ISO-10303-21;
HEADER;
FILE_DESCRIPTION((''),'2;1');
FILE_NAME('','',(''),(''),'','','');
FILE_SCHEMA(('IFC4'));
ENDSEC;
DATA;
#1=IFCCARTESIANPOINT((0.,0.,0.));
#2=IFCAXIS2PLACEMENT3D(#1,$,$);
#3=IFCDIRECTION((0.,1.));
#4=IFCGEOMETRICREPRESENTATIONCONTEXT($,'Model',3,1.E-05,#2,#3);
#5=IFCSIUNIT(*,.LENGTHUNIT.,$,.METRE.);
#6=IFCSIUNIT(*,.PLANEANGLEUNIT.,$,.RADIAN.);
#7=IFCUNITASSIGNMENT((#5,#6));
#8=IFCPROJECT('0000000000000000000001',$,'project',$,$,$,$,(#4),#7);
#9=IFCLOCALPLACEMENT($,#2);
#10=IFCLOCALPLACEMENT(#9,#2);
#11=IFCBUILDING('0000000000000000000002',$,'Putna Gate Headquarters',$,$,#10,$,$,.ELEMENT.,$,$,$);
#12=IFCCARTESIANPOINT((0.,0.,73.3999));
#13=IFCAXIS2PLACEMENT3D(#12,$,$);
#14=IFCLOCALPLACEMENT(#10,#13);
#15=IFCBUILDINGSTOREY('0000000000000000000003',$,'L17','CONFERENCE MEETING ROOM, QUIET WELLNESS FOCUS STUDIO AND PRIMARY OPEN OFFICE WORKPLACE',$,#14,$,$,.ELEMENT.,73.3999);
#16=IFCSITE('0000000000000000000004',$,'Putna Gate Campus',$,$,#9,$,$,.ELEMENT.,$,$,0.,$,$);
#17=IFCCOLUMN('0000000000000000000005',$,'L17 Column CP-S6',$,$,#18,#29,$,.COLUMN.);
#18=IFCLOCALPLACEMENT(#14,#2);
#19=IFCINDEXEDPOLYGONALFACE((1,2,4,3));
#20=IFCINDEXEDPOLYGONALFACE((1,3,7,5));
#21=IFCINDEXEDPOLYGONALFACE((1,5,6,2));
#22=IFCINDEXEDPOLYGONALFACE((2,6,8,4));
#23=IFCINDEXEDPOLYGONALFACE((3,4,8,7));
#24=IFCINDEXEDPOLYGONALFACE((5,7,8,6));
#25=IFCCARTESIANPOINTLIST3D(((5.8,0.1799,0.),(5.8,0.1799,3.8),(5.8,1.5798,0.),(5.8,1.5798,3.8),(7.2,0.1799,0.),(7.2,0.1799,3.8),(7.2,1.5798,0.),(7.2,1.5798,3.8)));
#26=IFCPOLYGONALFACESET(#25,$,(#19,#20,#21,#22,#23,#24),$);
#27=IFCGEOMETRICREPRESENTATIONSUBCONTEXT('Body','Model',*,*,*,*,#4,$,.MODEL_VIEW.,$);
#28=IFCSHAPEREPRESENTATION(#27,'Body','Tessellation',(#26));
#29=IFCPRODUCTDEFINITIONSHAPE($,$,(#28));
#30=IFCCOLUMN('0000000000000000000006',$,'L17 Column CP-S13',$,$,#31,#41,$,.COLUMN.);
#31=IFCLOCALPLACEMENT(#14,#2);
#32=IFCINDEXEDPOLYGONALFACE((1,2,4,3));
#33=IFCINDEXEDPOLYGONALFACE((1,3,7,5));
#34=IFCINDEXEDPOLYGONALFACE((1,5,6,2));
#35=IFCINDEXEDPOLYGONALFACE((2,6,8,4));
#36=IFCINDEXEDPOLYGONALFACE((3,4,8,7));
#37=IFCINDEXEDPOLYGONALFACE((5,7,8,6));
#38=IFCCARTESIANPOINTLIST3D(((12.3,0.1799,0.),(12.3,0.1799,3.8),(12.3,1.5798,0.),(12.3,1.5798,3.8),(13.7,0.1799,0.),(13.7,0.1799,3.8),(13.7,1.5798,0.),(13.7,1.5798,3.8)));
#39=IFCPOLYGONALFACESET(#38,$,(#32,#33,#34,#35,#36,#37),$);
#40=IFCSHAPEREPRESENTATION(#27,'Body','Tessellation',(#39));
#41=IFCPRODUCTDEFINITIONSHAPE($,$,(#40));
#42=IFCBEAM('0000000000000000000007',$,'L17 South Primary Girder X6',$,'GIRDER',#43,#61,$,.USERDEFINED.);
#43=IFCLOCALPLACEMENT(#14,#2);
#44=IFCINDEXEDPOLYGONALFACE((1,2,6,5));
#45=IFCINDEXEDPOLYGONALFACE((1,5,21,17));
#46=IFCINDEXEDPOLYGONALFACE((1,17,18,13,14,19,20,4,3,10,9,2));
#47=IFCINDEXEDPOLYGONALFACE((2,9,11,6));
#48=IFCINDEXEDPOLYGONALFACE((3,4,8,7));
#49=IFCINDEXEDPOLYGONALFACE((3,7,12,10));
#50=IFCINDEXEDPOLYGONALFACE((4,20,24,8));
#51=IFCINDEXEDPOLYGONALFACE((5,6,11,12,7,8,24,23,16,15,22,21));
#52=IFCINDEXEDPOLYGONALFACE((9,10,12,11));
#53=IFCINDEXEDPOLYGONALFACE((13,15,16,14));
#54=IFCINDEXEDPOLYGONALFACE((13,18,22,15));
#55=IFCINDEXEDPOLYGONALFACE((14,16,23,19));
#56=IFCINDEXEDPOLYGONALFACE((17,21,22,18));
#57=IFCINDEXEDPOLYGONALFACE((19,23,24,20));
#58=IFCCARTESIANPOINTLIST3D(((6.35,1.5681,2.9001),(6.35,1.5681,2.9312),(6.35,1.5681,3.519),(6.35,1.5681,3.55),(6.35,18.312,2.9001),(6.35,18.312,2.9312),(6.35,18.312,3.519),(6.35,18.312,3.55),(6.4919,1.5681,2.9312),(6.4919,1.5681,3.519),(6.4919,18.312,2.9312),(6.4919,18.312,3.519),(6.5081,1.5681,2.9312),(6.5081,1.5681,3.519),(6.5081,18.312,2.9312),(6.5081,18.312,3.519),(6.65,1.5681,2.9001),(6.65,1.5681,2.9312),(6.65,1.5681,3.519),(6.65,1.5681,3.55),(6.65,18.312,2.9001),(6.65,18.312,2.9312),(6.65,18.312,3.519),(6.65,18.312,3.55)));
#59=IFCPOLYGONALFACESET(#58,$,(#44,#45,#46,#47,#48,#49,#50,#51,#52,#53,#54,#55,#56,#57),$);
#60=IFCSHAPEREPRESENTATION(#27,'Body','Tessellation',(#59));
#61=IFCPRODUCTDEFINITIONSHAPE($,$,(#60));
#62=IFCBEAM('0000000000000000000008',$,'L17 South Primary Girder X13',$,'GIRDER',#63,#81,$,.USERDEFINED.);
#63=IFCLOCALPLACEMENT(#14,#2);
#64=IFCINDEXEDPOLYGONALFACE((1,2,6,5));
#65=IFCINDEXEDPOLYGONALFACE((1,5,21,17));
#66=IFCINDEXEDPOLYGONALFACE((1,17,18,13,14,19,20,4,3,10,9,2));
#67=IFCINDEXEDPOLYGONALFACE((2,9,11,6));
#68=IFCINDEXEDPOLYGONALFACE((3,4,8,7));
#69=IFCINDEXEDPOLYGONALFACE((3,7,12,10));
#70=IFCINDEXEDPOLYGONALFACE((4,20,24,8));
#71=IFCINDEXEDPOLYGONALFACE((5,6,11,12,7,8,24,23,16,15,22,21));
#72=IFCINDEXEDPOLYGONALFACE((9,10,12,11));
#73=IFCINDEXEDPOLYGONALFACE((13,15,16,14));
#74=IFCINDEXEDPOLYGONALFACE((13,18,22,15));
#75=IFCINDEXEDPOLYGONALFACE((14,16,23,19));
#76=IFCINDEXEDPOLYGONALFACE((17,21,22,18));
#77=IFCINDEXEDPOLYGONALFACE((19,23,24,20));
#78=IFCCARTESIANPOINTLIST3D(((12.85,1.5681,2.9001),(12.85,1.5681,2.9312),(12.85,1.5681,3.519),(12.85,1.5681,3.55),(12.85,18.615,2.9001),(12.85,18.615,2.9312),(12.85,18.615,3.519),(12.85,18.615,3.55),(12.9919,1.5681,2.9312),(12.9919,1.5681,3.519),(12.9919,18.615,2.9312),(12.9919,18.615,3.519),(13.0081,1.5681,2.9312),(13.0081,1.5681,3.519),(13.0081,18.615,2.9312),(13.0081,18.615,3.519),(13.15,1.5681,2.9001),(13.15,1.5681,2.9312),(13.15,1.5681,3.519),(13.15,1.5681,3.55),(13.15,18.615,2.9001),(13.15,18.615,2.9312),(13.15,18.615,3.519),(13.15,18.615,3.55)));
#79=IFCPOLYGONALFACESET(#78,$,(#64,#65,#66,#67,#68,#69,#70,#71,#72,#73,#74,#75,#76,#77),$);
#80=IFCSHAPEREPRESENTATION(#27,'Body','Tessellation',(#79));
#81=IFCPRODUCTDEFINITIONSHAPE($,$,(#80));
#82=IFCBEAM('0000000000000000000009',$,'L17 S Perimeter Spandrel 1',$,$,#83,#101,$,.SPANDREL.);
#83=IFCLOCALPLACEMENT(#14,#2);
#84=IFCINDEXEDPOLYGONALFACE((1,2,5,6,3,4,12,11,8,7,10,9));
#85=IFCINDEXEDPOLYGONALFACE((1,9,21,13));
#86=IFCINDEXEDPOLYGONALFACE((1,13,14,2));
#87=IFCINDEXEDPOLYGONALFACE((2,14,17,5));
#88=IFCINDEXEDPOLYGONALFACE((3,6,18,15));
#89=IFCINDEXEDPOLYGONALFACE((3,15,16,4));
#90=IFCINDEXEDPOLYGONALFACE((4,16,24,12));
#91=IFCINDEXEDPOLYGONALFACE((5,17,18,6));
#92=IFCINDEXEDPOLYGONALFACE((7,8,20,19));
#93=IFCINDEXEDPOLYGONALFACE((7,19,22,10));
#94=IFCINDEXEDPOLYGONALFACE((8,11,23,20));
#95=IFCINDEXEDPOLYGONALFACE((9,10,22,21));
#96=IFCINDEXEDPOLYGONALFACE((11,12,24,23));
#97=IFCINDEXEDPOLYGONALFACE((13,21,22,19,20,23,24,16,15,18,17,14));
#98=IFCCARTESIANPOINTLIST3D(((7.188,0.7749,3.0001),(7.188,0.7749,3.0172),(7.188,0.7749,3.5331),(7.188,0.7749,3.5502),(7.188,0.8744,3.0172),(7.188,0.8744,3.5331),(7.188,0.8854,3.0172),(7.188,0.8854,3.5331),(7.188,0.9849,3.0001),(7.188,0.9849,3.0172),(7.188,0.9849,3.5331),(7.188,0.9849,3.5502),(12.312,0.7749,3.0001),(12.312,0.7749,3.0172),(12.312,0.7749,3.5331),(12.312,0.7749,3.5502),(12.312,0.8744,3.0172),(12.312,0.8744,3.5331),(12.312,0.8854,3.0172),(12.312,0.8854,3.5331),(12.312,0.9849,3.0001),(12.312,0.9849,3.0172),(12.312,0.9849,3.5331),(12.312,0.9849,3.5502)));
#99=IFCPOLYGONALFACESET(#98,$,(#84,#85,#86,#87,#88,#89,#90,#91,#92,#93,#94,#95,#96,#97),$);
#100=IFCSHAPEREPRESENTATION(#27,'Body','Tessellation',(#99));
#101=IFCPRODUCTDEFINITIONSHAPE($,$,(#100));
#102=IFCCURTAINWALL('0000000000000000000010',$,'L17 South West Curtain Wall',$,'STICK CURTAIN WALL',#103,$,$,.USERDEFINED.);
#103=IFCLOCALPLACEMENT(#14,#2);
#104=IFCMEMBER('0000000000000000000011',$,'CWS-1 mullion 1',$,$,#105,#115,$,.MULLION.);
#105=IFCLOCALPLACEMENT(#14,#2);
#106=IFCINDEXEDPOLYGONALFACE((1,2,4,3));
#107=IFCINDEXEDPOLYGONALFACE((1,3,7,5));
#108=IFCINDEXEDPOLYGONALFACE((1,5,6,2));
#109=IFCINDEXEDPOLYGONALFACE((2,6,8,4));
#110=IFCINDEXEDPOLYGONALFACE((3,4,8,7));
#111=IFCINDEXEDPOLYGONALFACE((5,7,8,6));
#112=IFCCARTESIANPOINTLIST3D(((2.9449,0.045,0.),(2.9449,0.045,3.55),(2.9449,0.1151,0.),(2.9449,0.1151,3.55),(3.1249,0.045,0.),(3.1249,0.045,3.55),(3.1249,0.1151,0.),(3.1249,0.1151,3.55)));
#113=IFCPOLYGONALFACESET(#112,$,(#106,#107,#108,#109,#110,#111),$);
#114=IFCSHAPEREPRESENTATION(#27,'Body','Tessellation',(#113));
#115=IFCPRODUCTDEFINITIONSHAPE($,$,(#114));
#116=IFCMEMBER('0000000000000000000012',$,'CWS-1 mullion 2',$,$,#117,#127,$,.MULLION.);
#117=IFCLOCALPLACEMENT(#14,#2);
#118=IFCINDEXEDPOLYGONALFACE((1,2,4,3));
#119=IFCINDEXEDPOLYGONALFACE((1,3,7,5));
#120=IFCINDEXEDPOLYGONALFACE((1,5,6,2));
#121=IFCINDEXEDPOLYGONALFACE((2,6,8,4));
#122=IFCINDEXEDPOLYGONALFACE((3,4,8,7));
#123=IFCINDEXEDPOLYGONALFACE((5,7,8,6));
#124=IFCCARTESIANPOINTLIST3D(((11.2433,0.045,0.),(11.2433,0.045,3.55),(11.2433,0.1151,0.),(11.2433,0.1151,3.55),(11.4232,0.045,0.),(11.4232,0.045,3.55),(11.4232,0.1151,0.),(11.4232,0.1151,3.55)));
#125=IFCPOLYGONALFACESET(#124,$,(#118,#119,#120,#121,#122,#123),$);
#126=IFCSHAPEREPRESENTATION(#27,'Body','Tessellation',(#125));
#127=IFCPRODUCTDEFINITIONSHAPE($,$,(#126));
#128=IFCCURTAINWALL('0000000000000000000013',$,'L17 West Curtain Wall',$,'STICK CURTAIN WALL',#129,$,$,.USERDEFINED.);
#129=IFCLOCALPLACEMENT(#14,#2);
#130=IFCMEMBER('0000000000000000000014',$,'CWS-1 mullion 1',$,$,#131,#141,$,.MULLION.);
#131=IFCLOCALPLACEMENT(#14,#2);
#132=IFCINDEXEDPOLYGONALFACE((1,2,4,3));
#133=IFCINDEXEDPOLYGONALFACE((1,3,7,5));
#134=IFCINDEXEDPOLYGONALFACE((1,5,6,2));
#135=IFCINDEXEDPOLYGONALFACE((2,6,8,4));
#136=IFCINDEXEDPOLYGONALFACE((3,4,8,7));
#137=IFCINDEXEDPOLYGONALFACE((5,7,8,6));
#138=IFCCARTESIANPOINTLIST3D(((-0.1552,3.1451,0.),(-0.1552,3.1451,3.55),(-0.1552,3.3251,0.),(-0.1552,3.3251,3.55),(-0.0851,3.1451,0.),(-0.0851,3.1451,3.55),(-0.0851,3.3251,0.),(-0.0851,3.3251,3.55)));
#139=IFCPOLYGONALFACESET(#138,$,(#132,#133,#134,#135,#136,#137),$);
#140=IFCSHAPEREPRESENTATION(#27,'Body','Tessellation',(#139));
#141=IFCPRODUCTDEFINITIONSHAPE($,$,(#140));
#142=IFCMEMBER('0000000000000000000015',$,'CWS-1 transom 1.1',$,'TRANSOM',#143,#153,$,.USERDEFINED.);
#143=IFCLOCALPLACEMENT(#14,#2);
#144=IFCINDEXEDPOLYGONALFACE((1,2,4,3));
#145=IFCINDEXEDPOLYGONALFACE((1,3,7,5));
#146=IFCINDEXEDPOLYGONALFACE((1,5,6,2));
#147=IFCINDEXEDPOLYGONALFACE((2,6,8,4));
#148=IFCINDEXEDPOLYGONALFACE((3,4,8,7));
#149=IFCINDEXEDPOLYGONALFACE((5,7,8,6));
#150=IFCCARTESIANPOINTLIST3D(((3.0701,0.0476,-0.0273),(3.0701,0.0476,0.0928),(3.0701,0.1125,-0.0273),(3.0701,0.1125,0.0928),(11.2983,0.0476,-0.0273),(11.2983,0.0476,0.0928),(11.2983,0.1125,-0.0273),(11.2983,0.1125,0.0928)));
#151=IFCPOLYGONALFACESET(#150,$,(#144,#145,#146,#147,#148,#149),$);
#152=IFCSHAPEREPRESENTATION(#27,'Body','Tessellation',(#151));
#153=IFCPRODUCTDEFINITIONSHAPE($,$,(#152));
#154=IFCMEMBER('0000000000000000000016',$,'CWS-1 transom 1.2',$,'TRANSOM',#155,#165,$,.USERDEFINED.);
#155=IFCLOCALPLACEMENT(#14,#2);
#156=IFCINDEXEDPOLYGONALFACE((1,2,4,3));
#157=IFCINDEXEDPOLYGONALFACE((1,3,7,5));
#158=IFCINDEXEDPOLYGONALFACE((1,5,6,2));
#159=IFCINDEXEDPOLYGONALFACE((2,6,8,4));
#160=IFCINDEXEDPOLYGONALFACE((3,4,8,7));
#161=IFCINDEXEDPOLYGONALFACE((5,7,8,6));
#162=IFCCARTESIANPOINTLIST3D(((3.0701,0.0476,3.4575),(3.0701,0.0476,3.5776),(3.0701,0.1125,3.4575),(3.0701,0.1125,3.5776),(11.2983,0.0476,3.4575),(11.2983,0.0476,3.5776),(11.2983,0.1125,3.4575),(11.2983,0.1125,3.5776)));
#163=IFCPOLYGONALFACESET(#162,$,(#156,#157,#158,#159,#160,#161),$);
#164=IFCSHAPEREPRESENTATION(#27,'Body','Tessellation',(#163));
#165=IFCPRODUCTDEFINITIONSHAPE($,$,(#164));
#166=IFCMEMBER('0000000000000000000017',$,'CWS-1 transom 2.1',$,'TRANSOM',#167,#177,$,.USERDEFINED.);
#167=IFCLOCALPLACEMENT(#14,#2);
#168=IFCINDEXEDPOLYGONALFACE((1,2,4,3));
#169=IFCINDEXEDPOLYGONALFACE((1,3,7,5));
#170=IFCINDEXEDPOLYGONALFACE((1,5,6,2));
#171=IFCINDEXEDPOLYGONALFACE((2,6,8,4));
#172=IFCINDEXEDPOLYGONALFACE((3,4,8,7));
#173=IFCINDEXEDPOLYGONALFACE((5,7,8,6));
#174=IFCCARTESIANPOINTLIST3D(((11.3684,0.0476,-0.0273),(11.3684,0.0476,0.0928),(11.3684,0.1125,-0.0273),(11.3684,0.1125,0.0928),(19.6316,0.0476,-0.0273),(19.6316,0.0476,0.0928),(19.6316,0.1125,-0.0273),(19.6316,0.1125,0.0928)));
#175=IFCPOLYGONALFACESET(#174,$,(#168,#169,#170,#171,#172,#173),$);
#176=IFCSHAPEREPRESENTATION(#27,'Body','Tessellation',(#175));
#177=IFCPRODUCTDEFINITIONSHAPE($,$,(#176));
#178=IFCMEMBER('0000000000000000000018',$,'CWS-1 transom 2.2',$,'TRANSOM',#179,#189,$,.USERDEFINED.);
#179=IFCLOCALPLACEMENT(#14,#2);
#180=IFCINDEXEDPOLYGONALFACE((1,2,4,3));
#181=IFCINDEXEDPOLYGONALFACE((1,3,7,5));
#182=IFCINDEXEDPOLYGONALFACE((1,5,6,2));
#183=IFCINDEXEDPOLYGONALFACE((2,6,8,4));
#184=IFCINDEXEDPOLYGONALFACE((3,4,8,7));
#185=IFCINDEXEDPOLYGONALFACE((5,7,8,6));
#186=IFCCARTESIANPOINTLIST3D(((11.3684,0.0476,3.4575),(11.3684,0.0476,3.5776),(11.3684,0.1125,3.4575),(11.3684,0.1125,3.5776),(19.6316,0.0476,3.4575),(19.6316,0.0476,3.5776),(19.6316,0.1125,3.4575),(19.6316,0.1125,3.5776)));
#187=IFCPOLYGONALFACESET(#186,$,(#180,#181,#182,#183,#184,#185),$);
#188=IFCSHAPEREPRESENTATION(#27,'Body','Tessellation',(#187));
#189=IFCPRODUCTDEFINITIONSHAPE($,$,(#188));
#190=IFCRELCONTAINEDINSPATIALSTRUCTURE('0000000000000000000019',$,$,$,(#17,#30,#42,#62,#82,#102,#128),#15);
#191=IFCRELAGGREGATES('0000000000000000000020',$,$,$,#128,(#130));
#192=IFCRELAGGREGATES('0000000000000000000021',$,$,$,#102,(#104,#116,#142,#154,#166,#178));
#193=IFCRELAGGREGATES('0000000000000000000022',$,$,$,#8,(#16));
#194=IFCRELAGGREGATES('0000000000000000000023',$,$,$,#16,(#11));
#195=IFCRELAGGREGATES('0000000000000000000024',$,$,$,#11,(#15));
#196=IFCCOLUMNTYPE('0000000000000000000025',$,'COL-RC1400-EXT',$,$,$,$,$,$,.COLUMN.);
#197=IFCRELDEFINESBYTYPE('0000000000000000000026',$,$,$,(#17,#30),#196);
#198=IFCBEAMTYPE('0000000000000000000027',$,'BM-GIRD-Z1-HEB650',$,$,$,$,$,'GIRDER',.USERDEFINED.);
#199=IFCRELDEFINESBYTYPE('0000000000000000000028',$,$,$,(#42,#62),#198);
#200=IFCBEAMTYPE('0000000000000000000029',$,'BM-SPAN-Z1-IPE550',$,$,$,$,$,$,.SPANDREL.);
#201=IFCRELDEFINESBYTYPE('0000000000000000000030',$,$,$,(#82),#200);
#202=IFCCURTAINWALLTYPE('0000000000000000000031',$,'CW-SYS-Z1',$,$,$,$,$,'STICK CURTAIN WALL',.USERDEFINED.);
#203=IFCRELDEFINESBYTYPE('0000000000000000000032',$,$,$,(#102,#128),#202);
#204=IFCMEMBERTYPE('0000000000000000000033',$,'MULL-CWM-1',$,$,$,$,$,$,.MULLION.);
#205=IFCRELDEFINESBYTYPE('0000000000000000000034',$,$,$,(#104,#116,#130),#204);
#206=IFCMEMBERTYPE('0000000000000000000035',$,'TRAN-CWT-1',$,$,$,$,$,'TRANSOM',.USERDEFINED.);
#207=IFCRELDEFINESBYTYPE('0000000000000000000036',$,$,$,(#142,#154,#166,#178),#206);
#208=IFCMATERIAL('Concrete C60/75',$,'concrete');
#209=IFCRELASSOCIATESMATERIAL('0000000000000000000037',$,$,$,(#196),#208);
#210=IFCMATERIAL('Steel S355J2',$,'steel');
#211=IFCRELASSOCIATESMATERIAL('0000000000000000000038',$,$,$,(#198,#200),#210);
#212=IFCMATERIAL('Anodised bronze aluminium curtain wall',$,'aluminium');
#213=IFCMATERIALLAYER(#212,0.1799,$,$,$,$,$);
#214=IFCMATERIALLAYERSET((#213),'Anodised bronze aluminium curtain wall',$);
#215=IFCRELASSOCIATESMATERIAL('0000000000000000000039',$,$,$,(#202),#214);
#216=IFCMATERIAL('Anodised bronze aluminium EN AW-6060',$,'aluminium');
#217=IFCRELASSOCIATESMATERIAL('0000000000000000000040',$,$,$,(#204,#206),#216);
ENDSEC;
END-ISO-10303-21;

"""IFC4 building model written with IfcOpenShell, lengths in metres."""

from ifc_helpers import new_model, si_unit, direction, frame, origin, origin_2d, place, context, subcontext, project, spatial, rectangle, i_section, extrude, material, layer, layer_set, material_profile, profile_set, type_object, element, aggregate, save


model = new_model("IFC4")

# Units and contexts
model_context = context("Model", 3, precision=1e-05, world=origin(), true_north=direction((0.0, 1.0)))
body_context = subcontext(model_context, "Body", "Model", "MODEL_VIEW")
ifc_project = project(units=[si_unit("LENGTHUNIT", "METRE"), si_unit("PLANEANGLEUNIT", "RADIAN")], contexts=[model_context])

# Site, building, storey
site_placement = place(None, origin())
site = spatial("IfcSite", under=ifc_project, at=site_placement, Name="Putna Gate Campus", CompositionType="ELEMENT", RefElevation=0.0)
building_placement = place(site_placement, origin())
building = spatial("IfcBuilding", under=site, at=building_placement, Name="Putna Gate Headquarters", CompositionType="ELEMENT")
storey_placement = place(building_placement, frame((0.0, 0.0, 73.3999)))
storey = spatial("IfcBuildingStorey", under=building, at=storey_placement, Name="L17", Description="CONFERENCE MEETING ROOM, QUIET WELLNESS FOCUS STUDIO AND PRIMARY OPEN OFFICE WORKPLACE", CompositionType="ELEMENT", Elevation=73.3999)

# Columns
ifc_material_1 = material(Name="Concrete C60/75", Category="concrete")
ifc_material_profile_1 = material_profile(ifc_material_1, rectangle(XDim=1.3999, YDim=1.3999, at=origin_2d()), Name="Concrete C60/75")
ifc_profile_set_1 = profile_set([ifc_material_profile_1], Name="Concrete C60/75")
column_type = type_object("IfcColumnType", Name="COL-RC1400-EXT", PredefinedType="COLUMN", material=ifc_profile_set_1)
for number, where, z_axis, x_axis, name in (
    (1, (6.5, 0.8799, 0.0), (0.0, 0.0, 1.0), (1.0, 0.0, 0.0), "L17 Column CP-S6"),
    (2, (13.0, 0.8799, 0.0), (0.0, 0.0, 1.0), (1.0, 0.0, 0.0), "L17 Column CP-S13"),
):
    element("IfcColumn", number, at=place(storey_placement, frame(where, z_axis=z_axis, x_axis=x_axis)), inside=storey, type_object=column_type, Name=name, PredefinedType="COLUMN", context=body_context, shape_type="SweptSolid", body=[
        extrude(rectangle(XDim=1.3999, YDim=1.3999, at=origin_2d()), origin(), (0.0, 0.0, 1.0), 3.8),
    ])

# Beams
ifc_material_2 = material(Name="Steel S355J2", Category="steel")
ifc_material_profile_2 = material_profile(ifc_material_2, i_section(OverallWidth=0.3, OverallDepth=0.6499, WebThickness=0.0161, FlangeThickness=0.031, at=origin_2d()), Name="Steel S355J2")
ifc_profile_set_2 = profile_set([ifc_material_profile_2], Name="Steel S355J2")
beam_type_1 = type_object("IfcBeamType", Name="BM-GIRD-Z1-HEB650", ElementType="GIRDER", PredefinedType="USERDEFINED", material=ifc_profile_set_2)
beam_1_placement = place(storey_placement, frame((6.5, 1.5681, 3.2251), z_axis=(0.0, 1.0, 0.0), x_axis=(-1.0, 0.0, 0.0)))
element("IfcBeam", 3, at=beam_1_placement, inside=storey, type_object=beam_type_1, Name="L17 South Primary Girder X6", ObjectType="GIRDER", PredefinedType="USERDEFINED", context=body_context, shape_type="SweptSolid", body=[
    extrude(i_section(OverallWidth=0.3, OverallDepth=0.6499, WebThickness=0.0161, FlangeThickness=0.031, at=origin_2d()), origin(), (0.0, 0.0, 1.0), 16.7439),
])
beam_2_placement = place(storey_placement, frame((13.0, 1.5681, 3.2251), z_axis=(0.0, 1.0, 0.0), x_axis=(-1.0, 0.0, 0.0)))
element("IfcBeam", 4, at=beam_2_placement, inside=storey, type_object=beam_type_1, Name="L17 South Primary Girder X13", ObjectType="GIRDER", PredefinedType="USERDEFINED", context=body_context, shape_type="SweptSolid", body=[
    extrude(i_section(OverallWidth=0.3, OverallDepth=0.6499, WebThickness=0.0161, FlangeThickness=0.031, at=origin_2d()), origin(), (0.0, 0.0, 1.0), 17.0469),
])
ifc_material_profile_3 = material_profile(ifc_material_2, i_section(OverallWidth=0.21, OverallDepth=0.55, WebThickness=0.011, FlangeThickness=0.0171, at=origin_2d()), Name="Steel S355J2")
ifc_profile_set_3 = profile_set([ifc_material_profile_3], Name="Steel S355J2")
beam_type_2 = type_object("IfcBeamType", Name="BM-SPAN-Z1-IPE550", PredefinedType="SPANDREL", material=ifc_profile_set_3)
beam_3_placement = place(storey_placement, frame((7.188, 0.8799, 3.2751), z_axis=(1.0, 0.0, 0.0), x_axis=(0.0, 1.0, 0.0)))
element("IfcBeam", 5, at=beam_3_placement, inside=storey, type_object=beam_type_2, Name="L17 S Perimeter Spandrel 1", PredefinedType="SPANDREL", context=body_context, shape_type="SweptSolid", body=[
    extrude(i_section(OverallWidth=0.21, OverallDepth=0.55, WebThickness=0.011, FlangeThickness=0.0171, at=origin_2d()), origin(), (0.0, 0.0, 1.0), 5.124),
])

# Curtain wall, members
ifc_material_3 = material(Name="Anodised bronze aluminium curtain wall", Category="aluminium")
ifc_layer_1 = layer(ifc_material_3, 0.1799)
ifc_layer_set_1 = layer_set([ifc_layer_1], Name="Anodised bronze aluminium curtain wall")
curtain_wall_type = type_object("IfcCurtainWallType", Name="CW-SYS-Z1", ElementType="STICK CURTAIN WALL", PredefinedType="USERDEFINED", material=ifc_layer_set_1)
curtain_wall_1_placement = place(storey_placement, origin())
curtain_wall_1 = element("IfcCurtainWall", 6, at=curtain_wall_1_placement, inside=storey, type_object=curtain_wall_type, Name="L17 South West Curtain Wall", ObjectType="STICK CURTAIN WALL", PredefinedType="USERDEFINED")
ifc_material_4 = material(Name="Anodised bronze aluminium EN AW-6060", Category="aluminium")
ifc_material_profile_4 = material_profile(ifc_material_4, rectangle(XDim=0.0701, YDim=0.1799, at=origin_2d()), Name="Anodised bronze aluminium EN AW-6060")
ifc_profile_set_4 = profile_set([ifc_material_profile_4], Name="Anodised bronze aluminium EN AW-6060")
member_type_1 = type_object("IfcMemberType", Name="MULL-CWM-1", PredefinedType="MULLION", material=ifc_profile_set_4)
member_1_placement = place(storey_placement, frame((3.0349, 0.0801, 0.0), z_axis=(0.0, 0.0, 1.0), x_axis=(0.0, 1.0, 0.0)))
member_1 = element("IfcMember", 7, at=member_1_placement, type_object=member_type_1, Name="CWS-1 mullion 1", PredefinedType="MULLION", context=body_context, shape_type="SweptSolid", body=[
    extrude(rectangle(XDim=0.0701, YDim=0.1799, at=origin_2d()), origin(), (0.0, 0.0, 1.0), 3.55),
])
member_2_placement = place(storey_placement, frame((11.3333, 0.0801, 0.0), z_axis=(0.0, 0.0, 1.0), x_axis=(0.0, 1.0, 0.0)))
member_2 = element("IfcMember", 8, at=member_2_placement, type_object=member_type_1, Name="CWS-1 mullion 2", PredefinedType="MULLION", context=body_context, shape_type="SweptSolid", body=[
    extrude(rectangle(XDim=0.0701, YDim=0.1799, at=origin_2d()), origin(), (0.0, 0.0, 1.0), 3.55),
])

# Curtain wall, member
curtain_wall_2_placement = place(storey_placement, origin())
curtain_wall_2 = element("IfcCurtainWall", 9, at=curtain_wall_2_placement, inside=storey, type_object=curtain_wall_type, Name="L17 West Curtain Wall", ObjectType="STICK CURTAIN WALL", PredefinedType="USERDEFINED")
member_3_placement = place(storey_placement, frame((-0.1201, 3.2351, 0.0), z_axis=(0.0, 0.0, 1.0), x_axis=(-1.0, 0.0, 0.0)))
member_3 = element("IfcMember", 10, at=member_3_placement, type_object=member_type_1, Name="CWS-1 mullion 1", PredefinedType="MULLION", context=body_context, shape_type="SweptSolid", body=[
    extrude(rectangle(XDim=0.0701, YDim=0.1799, at=origin_2d()), origin(), (0.0, 0.0, 1.0), 3.55),
])

# Members
ifc_material_profile_5 = material_profile(ifc_material_4, rectangle(XDim=0.0649, YDim=0.1201, at=origin_2d()), Name="Anodised bronze aluminium EN AW-6060")
ifc_profile_set_5 = profile_set([ifc_material_profile_5], Name="Anodised bronze aluminium EN AW-6060")
member_type_2 = type_object("IfcMemberType", Name="TRAN-CWT-1", ElementType="TRANSOM", PredefinedType="USERDEFINED", material=ifc_profile_set_5)
member_4_placement = place(storey_placement, frame((3.0701, 0.0801, 0.0327), z_axis=(1.0, 0.0, 0.0), x_axis=(0.0, 1.0, 0.0)))
member_4 = element("IfcMember", 11, at=member_4_placement, type_object=member_type_2, Name="CWS-1 transom 1.1", ObjectType="TRANSOM", PredefinedType="USERDEFINED", context=body_context, shape_type="SweptSolid", body=[
    extrude(rectangle(XDim=0.0649, YDim=0.1201, at=origin_2d()), origin(), (0.0, 0.0, 1.0), 8.2283),
])
member_5_placement = place(storey_placement, frame((3.0701, 0.0801, 3.5176), z_axis=(1.0, 0.0, 0.0), x_axis=(0.0, 1.0, 0.0)))
member_5 = element("IfcMember", 12, at=member_5_placement, type_object=member_type_2, Name="CWS-1 transom 1.2", ObjectType="TRANSOM", PredefinedType="USERDEFINED", context=body_context, shape_type="SweptSolid", body=[
    extrude(rectangle(XDim=0.0649, YDim=0.1201, at=origin_2d()), origin(), (0.0, 0.0, 1.0), 8.2283),
])
member_6_placement = place(storey_placement, frame((11.3684, 0.0801, 0.0327), z_axis=(1.0, 0.0, 0.0), x_axis=(0.0, 1.0, 0.0)))
member_6 = element("IfcMember", 13, at=member_6_placement, type_object=member_type_2, Name="CWS-1 transom 2.1", ObjectType="TRANSOM", PredefinedType="USERDEFINED", context=body_context, shape_type="SweptSolid", body=[
    extrude(rectangle(XDim=0.0649, YDim=0.1201, at=origin_2d()), origin(), (0.0, 0.0, 1.0), 8.2632),
])
member_7_placement = place(storey_placement, frame((11.3684, 0.0801, 3.5176), z_axis=(1.0, 0.0, 0.0), x_axis=(0.0, 1.0, 0.0)))
member_7 = element("IfcMember", 14, at=member_7_placement, type_object=member_type_2, Name="CWS-1 transom 2.2", ObjectType="TRANSOM", PredefinedType="USERDEFINED", context=body_context, shape_type="SweptSolid", body=[
    extrude(rectangle(XDim=0.0649, YDim=0.1201, at=origin_2d()), origin(), (0.0, 0.0, 1.0), 8.2632),
])
aggregate(curtain_wall_2, [member_3])

aggregate(curtain_wall_1, [member_1, member_2, member_4, member_5, member_6, member_7])

save(model, "model.ifc")
